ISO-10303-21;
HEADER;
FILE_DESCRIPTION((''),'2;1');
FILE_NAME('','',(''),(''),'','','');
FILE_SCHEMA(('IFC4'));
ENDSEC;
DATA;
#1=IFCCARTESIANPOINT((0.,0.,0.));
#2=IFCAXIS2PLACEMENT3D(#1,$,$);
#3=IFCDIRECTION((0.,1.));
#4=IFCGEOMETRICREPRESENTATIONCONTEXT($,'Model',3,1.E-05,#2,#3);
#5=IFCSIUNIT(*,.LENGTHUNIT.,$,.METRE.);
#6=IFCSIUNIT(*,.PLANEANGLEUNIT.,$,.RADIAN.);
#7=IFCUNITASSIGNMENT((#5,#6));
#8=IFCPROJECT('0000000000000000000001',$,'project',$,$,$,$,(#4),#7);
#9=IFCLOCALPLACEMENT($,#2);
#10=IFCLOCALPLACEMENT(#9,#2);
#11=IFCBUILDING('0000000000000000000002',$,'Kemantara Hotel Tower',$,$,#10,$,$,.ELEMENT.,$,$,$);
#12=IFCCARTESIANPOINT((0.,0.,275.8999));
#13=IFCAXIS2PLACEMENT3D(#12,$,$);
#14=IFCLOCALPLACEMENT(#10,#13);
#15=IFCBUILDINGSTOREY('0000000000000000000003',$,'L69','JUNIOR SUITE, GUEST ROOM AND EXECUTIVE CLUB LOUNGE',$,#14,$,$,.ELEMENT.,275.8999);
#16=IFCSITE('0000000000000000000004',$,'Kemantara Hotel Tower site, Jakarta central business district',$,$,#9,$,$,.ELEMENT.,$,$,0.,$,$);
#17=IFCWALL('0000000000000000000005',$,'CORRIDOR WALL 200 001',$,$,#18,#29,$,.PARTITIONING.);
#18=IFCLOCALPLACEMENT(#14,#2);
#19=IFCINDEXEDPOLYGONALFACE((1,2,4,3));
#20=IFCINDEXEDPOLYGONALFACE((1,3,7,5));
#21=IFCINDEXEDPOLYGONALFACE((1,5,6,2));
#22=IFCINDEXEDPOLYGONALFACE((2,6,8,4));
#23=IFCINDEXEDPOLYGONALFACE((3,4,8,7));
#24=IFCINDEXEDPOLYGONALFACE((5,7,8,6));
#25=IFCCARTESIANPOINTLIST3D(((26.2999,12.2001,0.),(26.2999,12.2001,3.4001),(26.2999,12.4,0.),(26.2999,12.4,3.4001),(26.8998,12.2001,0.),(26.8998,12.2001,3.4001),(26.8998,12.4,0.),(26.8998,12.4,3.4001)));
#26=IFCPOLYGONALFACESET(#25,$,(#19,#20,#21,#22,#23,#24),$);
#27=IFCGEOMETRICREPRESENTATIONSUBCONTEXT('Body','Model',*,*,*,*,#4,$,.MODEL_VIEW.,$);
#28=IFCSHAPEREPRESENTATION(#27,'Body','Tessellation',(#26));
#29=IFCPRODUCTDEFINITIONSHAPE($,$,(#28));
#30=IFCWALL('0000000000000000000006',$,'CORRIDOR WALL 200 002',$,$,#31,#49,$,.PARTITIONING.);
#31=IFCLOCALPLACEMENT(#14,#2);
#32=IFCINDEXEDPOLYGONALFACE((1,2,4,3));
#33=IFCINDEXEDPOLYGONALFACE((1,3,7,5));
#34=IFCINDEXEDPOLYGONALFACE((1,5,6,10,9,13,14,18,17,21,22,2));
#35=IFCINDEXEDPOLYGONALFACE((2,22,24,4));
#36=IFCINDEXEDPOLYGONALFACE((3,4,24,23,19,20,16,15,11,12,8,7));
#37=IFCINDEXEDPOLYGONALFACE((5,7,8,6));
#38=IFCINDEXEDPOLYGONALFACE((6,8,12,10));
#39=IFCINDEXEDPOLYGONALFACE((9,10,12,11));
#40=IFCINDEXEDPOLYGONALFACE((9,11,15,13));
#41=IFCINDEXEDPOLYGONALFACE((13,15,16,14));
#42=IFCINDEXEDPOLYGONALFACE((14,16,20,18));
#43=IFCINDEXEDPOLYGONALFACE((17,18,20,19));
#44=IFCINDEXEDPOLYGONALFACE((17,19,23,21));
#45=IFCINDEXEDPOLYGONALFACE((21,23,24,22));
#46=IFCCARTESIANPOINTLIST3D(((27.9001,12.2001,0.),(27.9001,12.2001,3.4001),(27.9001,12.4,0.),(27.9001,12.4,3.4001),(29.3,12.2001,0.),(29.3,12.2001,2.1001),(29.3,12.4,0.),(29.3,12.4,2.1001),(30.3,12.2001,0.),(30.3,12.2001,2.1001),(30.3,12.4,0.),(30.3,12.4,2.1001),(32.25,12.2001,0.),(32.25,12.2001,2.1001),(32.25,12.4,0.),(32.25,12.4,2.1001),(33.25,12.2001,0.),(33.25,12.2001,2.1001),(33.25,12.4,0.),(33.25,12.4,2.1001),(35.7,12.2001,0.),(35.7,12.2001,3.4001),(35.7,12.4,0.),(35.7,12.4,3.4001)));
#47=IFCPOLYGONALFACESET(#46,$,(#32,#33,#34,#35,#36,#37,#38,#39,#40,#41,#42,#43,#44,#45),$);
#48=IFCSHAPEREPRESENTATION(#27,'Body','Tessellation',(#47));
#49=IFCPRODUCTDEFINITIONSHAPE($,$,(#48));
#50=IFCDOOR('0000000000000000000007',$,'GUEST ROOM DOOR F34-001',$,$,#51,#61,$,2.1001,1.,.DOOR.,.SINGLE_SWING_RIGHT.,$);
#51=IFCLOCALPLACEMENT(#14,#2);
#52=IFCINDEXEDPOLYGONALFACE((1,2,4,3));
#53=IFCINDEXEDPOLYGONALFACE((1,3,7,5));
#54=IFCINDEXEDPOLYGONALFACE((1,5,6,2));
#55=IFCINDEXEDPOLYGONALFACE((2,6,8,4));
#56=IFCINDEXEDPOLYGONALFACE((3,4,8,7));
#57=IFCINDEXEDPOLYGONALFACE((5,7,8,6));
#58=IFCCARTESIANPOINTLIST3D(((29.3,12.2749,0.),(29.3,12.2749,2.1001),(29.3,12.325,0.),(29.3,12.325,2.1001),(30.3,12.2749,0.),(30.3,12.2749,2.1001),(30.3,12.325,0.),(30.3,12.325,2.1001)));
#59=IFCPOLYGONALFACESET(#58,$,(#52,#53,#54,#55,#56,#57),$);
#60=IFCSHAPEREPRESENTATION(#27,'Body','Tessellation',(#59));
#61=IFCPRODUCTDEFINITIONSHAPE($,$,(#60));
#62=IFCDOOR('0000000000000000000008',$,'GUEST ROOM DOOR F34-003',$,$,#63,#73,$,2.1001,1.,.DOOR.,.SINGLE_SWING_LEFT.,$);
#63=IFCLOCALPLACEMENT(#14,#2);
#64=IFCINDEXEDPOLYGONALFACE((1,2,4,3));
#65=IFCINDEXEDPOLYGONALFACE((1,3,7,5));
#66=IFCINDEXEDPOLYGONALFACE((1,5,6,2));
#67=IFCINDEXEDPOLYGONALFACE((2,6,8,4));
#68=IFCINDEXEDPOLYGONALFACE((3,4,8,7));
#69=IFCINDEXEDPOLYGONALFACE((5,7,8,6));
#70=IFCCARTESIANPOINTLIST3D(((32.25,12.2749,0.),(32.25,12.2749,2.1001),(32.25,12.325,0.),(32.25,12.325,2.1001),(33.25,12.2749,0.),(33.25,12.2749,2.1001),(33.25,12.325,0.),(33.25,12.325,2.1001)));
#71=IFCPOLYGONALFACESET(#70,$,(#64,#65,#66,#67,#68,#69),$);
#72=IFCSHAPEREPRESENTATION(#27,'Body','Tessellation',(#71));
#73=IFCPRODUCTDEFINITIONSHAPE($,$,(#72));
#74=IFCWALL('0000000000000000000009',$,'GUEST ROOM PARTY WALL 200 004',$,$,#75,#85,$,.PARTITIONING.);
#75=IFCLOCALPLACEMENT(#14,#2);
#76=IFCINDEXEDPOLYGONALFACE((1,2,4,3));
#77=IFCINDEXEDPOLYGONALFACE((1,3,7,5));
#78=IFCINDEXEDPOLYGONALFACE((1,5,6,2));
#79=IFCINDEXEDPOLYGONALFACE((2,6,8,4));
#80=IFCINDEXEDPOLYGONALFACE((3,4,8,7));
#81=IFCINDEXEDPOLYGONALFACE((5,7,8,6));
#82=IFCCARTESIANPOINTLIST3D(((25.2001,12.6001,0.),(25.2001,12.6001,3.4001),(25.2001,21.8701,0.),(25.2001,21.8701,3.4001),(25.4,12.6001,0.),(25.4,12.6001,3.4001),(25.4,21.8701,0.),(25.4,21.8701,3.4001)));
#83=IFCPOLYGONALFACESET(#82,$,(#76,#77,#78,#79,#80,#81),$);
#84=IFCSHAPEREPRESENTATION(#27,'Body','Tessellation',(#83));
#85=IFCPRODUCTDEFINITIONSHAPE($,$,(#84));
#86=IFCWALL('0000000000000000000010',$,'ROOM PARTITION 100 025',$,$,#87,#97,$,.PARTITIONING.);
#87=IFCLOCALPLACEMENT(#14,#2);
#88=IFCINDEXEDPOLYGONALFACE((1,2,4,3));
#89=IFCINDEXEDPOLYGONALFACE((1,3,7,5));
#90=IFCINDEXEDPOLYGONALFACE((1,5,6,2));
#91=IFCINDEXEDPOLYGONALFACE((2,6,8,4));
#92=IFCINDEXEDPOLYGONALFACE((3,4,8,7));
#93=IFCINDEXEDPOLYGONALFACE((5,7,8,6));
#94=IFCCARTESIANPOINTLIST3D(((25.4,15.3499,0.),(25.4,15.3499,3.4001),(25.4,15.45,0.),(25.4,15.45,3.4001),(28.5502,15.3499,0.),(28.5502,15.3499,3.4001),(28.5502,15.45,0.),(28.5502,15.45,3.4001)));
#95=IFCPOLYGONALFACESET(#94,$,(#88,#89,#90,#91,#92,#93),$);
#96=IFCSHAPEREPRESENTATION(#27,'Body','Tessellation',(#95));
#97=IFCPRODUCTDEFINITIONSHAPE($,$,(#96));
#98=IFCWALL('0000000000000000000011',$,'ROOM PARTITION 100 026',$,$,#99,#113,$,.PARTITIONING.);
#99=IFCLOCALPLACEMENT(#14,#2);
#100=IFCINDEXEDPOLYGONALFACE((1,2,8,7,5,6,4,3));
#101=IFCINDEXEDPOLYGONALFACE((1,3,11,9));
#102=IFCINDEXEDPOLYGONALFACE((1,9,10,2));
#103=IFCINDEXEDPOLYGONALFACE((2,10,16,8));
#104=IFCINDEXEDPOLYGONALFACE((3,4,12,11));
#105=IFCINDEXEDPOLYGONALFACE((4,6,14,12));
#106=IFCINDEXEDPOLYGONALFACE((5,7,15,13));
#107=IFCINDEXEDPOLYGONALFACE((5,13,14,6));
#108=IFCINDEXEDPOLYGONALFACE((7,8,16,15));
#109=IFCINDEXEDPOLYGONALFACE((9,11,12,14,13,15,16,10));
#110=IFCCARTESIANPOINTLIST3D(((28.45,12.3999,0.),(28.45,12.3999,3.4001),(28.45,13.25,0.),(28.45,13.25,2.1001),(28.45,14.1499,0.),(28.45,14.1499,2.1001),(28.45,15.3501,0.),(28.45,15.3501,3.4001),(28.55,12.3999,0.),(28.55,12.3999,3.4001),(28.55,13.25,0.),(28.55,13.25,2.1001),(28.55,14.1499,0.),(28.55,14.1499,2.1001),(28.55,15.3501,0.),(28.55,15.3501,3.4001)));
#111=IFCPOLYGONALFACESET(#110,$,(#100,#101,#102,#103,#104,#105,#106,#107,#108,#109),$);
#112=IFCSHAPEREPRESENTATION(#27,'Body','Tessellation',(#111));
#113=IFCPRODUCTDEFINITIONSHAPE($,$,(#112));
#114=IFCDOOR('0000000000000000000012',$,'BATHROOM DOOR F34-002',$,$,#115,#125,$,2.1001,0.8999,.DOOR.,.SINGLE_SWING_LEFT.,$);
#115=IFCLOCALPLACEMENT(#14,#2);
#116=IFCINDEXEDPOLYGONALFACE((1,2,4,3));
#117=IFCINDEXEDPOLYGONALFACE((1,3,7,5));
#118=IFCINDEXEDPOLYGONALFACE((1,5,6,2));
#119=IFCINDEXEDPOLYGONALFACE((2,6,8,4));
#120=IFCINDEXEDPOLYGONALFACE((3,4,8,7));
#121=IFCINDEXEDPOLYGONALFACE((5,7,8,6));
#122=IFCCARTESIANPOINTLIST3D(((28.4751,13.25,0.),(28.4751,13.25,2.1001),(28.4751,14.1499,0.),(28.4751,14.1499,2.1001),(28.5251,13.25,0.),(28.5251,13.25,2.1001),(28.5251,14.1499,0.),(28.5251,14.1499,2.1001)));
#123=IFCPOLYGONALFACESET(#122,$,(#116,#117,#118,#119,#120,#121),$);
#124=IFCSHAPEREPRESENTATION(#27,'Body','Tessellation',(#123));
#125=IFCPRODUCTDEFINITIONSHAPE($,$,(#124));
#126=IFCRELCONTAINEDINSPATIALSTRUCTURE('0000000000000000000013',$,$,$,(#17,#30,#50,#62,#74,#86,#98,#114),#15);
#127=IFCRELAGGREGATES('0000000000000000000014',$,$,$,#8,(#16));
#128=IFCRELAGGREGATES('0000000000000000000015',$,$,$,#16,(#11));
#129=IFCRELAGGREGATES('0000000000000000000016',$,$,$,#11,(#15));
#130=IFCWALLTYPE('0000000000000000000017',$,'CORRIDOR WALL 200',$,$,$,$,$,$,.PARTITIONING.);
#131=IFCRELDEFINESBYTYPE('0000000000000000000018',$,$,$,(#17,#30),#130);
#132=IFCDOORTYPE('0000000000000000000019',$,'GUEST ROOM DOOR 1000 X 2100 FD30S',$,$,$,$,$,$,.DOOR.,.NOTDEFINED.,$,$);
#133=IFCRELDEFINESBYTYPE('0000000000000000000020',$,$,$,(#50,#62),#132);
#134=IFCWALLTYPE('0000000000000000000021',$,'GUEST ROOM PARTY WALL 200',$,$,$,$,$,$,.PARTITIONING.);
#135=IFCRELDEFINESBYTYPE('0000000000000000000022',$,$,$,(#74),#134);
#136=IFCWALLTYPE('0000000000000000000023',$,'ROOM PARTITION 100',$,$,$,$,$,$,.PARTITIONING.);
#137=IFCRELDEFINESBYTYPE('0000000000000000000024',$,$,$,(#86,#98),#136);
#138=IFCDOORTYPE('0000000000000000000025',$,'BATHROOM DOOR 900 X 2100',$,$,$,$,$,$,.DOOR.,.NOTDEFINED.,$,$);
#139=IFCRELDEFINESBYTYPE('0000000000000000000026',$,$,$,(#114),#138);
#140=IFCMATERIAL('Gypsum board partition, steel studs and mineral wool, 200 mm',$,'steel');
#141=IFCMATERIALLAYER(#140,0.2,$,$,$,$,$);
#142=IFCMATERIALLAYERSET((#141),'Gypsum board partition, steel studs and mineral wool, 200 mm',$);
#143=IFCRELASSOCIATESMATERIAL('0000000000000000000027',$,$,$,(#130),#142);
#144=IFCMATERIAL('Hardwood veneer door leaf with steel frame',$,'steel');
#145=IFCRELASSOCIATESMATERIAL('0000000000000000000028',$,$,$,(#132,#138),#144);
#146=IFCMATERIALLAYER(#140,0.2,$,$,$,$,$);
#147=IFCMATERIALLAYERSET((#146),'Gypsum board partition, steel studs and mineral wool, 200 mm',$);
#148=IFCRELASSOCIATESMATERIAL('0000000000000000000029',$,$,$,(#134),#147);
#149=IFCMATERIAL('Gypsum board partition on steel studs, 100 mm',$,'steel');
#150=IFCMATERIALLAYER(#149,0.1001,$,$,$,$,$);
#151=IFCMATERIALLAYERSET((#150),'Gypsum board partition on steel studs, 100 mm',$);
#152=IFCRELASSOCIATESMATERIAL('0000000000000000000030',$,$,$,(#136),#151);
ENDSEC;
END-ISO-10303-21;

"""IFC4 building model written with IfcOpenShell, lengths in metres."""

from ifc_helpers import new_model, si_unit, direction, frame, frame_2d, origin, place, context, subcontext, project, spatial, rectangle, extrude, material, layer, layer_set, type_object, element, fill, save


model = new_model("IFC4")

# Units and contexts
model_context = context("Model", 3, precision=1e-05, world=origin(), true_north=direction((0.0, 1.0)))
body_context = subcontext(model_context, "Body", "Model", "MODEL_VIEW")
ifc_project = project(units=[si_unit("LENGTHUNIT", "METRE"), si_unit("PLANEANGLEUNIT", "RADIAN")], contexts=[model_context])

# Site, building, storey
site_placement = place(None, origin())
site = spatial("IfcSite", under=ifc_project, at=site_placement, Name="Kemantara Hotel Tower site, Jakarta central business district", CompositionType="ELEMENT", RefElevation=0.0)
building_placement = place(site_placement, origin())
building = spatial("IfcBuilding", under=site, at=building_placement, Name="Kemantara Hotel Tower", CompositionType="ELEMENT")
storey_placement = place(building_placement, frame((0.0, 0.0, 275.8999)))
storey = spatial("IfcBuildingStorey", under=building, at=storey_placement, Name="L69", Description="JUNIOR SUITE, GUEST ROOM AND EXECUTIVE CLUB LOUNGE", CompositionType="ELEMENT", Elevation=275.8999)

# Wall
ifc_material_1 = material(Name="Gypsum board partition, steel studs and mineral wool, 200 mm", Category="steel")
ifc_layer_1 = layer(ifc_material_1, 0.2)
ifc_layer_set_1 = layer_set([ifc_layer_1], Name="Gypsum board partition, steel studs and mineral wool, 200 mm")
wall_type_1 = type_object("IfcWallType", Name="CORRIDOR WALL 200", PredefinedType="PARTITIONING", material=ifc_layer_set_1)
wall_1_placement = place(storey_placement, frame((26.3, 12.3, 0.0), z_axis=(0.0, 0.0, 1.0), x_axis=(1.0, 0.0, 0.0)))
element("IfcWall", 1, at=wall_1_placement, inside=storey, type_object=wall_type_1, Name="CORRIDOR WALL 200 001", PredefinedType="PARTITIONING", context=body_context, shape_type="SweptSolid", body=[
    extrude(rectangle(XDim=0.5999, YDim=0.2, at=frame_2d((0.2998, 0.0))), origin(), (0.0, 0.0, 1.0), 3.4001),
])

# Wall, openings, doors
wall_2_placement = place(storey_placement, frame((27.9001, 12.3, 0.0), z_axis=(0.0, 0.0, 1.0), x_axis=(1.0, 0.0, 0.0)))
wall_2 = element("IfcWall", 2, at=wall_2_placement, inside=storey, type_object=wall_type_1, Name="CORRIDOR WALL 200 002", PredefinedType="PARTITIONING", context=body_context, shape_type="SweptSolid", body=[
    extrude(rectangle(XDim=7.7998, YDim=0.2, at=frame_2d((3.8999, 0.0))), origin(), (0.0, 0.0, 1.0), 3.4001),
])
opening_1_placement = place(wall_2_placement, frame((1.3999, 0.0, 0.0)))
opening_1 = element("IfcOpeningElement", 3, at=opening_1_placement, cuts=wall_2, PredefinedType="OPENING", context=body_context, shape_type="SweptSolid", body=[
    extrude(rectangle(XDim=1.0, YDim=2.1001, at=frame_2d((0.5, 1.05))), frame((0.0, 0.1099, 0.0), z_axis=(0.0, -1.0, 0.0), x_axis=(1.0, 0.0, 0.0)), (0.0, 0.0, 1.0), 0.22),
])
opening_2_placement = place(wall_2_placement, frame((4.3499, 0.0, 0.0)))
opening_2 = element("IfcOpeningElement", 4, at=opening_2_placement, cuts=wall_2, PredefinedType="OPENING", context=body_context, shape_type="SweptSolid", body=[
    extrude(rectangle(XDim=1.0, YDim=2.1001, at=frame_2d((0.5, 1.05))), frame((0.0, 0.1099, 0.0), z_axis=(0.0, -1.0, 0.0), x_axis=(1.0, 0.0, 0.0)), (0.0, 0.0, 1.0), 0.22),
])
ifc_material_2 = material(Name="Hardwood veneer door leaf with steel frame", Category="steel")
door_type_1 = type_object("IfcDoorType", Name="GUEST ROOM DOOR 1000 X 2100 FD30S", OperationType="NOTDEFINED", PredefinedType="DOOR", material=ifc_material_2)
door_1_placement = place(opening_1_placement, origin())
door_1 = element("IfcDoor", 5, at=door_1_placement, inside=storey, type_object=door_type_1, Name="GUEST ROOM DOOR F34-001", OperationType="SINGLE_SWING_RIGHT", OverallHeight=2.1001, OverallWidth=1.0, PredefinedType="DOOR", context=body_context, shape_type="SweptSolid", body=[
    extrude(rectangle(XDim=1.0, YDim=2.1001, at=frame_2d((0.5, 1.05))), frame((0.0, 0.0249, 0.0), z_axis=(0.0, -1.0, 0.0), x_axis=(1.0, 0.0, 0.0)), (0.0, 0.0, 1.0), 0.05),
])
fill(opening_1, door_1)
door_2_placement = place(opening_2_placement, origin())
door_2 = element("IfcDoor", 6, at=door_2_placement, inside=storey, type_object=door_type_1, Name="GUEST ROOM DOOR F34-003", OperationType="SINGLE_SWING_LEFT", OverallHeight=2.1001, OverallWidth=1.0, PredefinedType="DOOR", context=body_context, shape_type="SweptSolid", body=[
    extrude(rectangle(XDim=1.0, YDim=2.1001, at=frame_2d((0.5, 1.05))), frame((0.0, 0.0249, 0.0), z_axis=(0.0, -1.0, 0.0), x_axis=(1.0, 0.0, 0.0)), (0.0, 0.0, 1.0), 0.05),
])
fill(opening_2, door_2)

# Walls
ifc_layer_2 = layer(ifc_material_1, 0.2)
ifc_layer_set_2 = layer_set([ifc_layer_2], Name="Gypsum board partition, steel studs and mineral wool, 200 mm")
wall_type_2 = type_object("IfcWallType", Name="GUEST ROOM PARTY WALL 200", PredefinedType="PARTITIONING", material=ifc_layer_set_2)
wall_3_placement = place(storey_placement, frame((25.3, 12.6001, 0.0), z_axis=(0.0, 0.0, 1.0), x_axis=(0.0, 1.0, 0.0)))
element("IfcWall", 7, at=wall_3_placement, inside=storey, type_object=wall_type_2, Name="GUEST ROOM PARTY WALL 200 004", PredefinedType="PARTITIONING", context=body_context, shape_type="SweptSolid", body=[
    extrude(rectangle(XDim=9.27, YDim=0.2, at=frame_2d((4.635, 0.0))), origin(), (0.0, 0.0, 1.0), 3.4001),
])
ifc_material_3 = material(Name="Gypsum board partition on steel studs, 100 mm", Category="steel")
ifc_layer_3 = layer(ifc_material_3, 0.1001)
ifc_layer_set_3 = layer_set([ifc_layer_3], Name="Gypsum board partition on steel studs, 100 mm")
wall_type_3 = type_object("IfcWallType", Name="ROOM PARTITION 100", PredefinedType="PARTITIONING", material=ifc_layer_set_3)
wall_4_placement = place(storey_placement, frame((25.3999, 15.3999, 0.0), z_axis=(0.0, 0.0, 1.0), x_axis=(1.0, 0.0, 0.0)))
element("IfcWall", 8, at=wall_4_placement, inside=storey, type_object=wall_type_3, Name="ROOM PARTITION 100 025", PredefinedType="PARTITIONING", context=body_context, shape_type="SweptSolid", body=[
    extrude(rectangle(XDim=3.1501, YDim=0.1001, at=frame_2d((1.5752, 0.0))), origin(), (0.0, 0.0, 1.0), 3.4001),
])

# Wall, opening, door
wall_5_placement = place(storey_placement, frame((28.5, 12.3999, 0.0), z_axis=(0.0, 0.0, 1.0), x_axis=(0.0, 1.0, 0.0)))
wall_5 = element("IfcWall", 9, at=wall_5_placement, inside=storey, type_object=wall_type_3, Name="ROOM PARTITION 100 026", PredefinedType="PARTITIONING", context=body_context, shape_type="SweptSolid", body=[
    extrude(rectangle(XDim=2.9502, YDim=0.1001, at=frame_2d((1.4751, 0.0))), origin(), (0.0, 0.0, 1.0), 3.4001),
])
opening_3_placement = place(wall_5_placement, frame((0.8501, 0.0, 0.0)))
opening_3 = element("IfcOpeningElement", 10, at=opening_3_placement, cuts=wall_5, PredefinedType="OPENING", context=body_context, shape_type="SweptSolid", body=[
    extrude(rectangle(XDim=0.8999, YDim=2.1001, at=frame_2d((0.45, 1.05))), frame((0.0, 0.0601, 0.0), z_axis=(0.0, -1.0, 0.0), x_axis=(1.0, 0.0, 0.0)), (0.0, 0.0, 1.0), 0.1201),
])
door_type_2 = type_object("IfcDoorType", Name="BATHROOM DOOR 900 X 2100", OperationType="NOTDEFINED", PredefinedType="DOOR", material=ifc_material_2)
door_3_placement = place(opening_3_placement, origin())
door_3 = element("IfcDoor", 11, at=door_3_placement, inside=storey, type_object=door_type_2, Name="BATHROOM DOOR F34-002", OperationType="SINGLE_SWING_LEFT", OverallHeight=2.1001, OverallWidth=0.8999, PredefinedType="DOOR", context=body_context, shape_type="SweptSolid", body=[
    extrude(rectangle(XDim=0.8999, YDim=2.1001, at=frame_2d((0.45, 1.05))), frame((0.0, 0.0249, 0.0), z_axis=(0.0, -1.0, 0.0), x_axis=(1.0, 0.0, 0.0)), (0.0, 0.0, 1.0), 0.05),
])
fill(opening_3, door_3)

save(model, "model.ifc")
